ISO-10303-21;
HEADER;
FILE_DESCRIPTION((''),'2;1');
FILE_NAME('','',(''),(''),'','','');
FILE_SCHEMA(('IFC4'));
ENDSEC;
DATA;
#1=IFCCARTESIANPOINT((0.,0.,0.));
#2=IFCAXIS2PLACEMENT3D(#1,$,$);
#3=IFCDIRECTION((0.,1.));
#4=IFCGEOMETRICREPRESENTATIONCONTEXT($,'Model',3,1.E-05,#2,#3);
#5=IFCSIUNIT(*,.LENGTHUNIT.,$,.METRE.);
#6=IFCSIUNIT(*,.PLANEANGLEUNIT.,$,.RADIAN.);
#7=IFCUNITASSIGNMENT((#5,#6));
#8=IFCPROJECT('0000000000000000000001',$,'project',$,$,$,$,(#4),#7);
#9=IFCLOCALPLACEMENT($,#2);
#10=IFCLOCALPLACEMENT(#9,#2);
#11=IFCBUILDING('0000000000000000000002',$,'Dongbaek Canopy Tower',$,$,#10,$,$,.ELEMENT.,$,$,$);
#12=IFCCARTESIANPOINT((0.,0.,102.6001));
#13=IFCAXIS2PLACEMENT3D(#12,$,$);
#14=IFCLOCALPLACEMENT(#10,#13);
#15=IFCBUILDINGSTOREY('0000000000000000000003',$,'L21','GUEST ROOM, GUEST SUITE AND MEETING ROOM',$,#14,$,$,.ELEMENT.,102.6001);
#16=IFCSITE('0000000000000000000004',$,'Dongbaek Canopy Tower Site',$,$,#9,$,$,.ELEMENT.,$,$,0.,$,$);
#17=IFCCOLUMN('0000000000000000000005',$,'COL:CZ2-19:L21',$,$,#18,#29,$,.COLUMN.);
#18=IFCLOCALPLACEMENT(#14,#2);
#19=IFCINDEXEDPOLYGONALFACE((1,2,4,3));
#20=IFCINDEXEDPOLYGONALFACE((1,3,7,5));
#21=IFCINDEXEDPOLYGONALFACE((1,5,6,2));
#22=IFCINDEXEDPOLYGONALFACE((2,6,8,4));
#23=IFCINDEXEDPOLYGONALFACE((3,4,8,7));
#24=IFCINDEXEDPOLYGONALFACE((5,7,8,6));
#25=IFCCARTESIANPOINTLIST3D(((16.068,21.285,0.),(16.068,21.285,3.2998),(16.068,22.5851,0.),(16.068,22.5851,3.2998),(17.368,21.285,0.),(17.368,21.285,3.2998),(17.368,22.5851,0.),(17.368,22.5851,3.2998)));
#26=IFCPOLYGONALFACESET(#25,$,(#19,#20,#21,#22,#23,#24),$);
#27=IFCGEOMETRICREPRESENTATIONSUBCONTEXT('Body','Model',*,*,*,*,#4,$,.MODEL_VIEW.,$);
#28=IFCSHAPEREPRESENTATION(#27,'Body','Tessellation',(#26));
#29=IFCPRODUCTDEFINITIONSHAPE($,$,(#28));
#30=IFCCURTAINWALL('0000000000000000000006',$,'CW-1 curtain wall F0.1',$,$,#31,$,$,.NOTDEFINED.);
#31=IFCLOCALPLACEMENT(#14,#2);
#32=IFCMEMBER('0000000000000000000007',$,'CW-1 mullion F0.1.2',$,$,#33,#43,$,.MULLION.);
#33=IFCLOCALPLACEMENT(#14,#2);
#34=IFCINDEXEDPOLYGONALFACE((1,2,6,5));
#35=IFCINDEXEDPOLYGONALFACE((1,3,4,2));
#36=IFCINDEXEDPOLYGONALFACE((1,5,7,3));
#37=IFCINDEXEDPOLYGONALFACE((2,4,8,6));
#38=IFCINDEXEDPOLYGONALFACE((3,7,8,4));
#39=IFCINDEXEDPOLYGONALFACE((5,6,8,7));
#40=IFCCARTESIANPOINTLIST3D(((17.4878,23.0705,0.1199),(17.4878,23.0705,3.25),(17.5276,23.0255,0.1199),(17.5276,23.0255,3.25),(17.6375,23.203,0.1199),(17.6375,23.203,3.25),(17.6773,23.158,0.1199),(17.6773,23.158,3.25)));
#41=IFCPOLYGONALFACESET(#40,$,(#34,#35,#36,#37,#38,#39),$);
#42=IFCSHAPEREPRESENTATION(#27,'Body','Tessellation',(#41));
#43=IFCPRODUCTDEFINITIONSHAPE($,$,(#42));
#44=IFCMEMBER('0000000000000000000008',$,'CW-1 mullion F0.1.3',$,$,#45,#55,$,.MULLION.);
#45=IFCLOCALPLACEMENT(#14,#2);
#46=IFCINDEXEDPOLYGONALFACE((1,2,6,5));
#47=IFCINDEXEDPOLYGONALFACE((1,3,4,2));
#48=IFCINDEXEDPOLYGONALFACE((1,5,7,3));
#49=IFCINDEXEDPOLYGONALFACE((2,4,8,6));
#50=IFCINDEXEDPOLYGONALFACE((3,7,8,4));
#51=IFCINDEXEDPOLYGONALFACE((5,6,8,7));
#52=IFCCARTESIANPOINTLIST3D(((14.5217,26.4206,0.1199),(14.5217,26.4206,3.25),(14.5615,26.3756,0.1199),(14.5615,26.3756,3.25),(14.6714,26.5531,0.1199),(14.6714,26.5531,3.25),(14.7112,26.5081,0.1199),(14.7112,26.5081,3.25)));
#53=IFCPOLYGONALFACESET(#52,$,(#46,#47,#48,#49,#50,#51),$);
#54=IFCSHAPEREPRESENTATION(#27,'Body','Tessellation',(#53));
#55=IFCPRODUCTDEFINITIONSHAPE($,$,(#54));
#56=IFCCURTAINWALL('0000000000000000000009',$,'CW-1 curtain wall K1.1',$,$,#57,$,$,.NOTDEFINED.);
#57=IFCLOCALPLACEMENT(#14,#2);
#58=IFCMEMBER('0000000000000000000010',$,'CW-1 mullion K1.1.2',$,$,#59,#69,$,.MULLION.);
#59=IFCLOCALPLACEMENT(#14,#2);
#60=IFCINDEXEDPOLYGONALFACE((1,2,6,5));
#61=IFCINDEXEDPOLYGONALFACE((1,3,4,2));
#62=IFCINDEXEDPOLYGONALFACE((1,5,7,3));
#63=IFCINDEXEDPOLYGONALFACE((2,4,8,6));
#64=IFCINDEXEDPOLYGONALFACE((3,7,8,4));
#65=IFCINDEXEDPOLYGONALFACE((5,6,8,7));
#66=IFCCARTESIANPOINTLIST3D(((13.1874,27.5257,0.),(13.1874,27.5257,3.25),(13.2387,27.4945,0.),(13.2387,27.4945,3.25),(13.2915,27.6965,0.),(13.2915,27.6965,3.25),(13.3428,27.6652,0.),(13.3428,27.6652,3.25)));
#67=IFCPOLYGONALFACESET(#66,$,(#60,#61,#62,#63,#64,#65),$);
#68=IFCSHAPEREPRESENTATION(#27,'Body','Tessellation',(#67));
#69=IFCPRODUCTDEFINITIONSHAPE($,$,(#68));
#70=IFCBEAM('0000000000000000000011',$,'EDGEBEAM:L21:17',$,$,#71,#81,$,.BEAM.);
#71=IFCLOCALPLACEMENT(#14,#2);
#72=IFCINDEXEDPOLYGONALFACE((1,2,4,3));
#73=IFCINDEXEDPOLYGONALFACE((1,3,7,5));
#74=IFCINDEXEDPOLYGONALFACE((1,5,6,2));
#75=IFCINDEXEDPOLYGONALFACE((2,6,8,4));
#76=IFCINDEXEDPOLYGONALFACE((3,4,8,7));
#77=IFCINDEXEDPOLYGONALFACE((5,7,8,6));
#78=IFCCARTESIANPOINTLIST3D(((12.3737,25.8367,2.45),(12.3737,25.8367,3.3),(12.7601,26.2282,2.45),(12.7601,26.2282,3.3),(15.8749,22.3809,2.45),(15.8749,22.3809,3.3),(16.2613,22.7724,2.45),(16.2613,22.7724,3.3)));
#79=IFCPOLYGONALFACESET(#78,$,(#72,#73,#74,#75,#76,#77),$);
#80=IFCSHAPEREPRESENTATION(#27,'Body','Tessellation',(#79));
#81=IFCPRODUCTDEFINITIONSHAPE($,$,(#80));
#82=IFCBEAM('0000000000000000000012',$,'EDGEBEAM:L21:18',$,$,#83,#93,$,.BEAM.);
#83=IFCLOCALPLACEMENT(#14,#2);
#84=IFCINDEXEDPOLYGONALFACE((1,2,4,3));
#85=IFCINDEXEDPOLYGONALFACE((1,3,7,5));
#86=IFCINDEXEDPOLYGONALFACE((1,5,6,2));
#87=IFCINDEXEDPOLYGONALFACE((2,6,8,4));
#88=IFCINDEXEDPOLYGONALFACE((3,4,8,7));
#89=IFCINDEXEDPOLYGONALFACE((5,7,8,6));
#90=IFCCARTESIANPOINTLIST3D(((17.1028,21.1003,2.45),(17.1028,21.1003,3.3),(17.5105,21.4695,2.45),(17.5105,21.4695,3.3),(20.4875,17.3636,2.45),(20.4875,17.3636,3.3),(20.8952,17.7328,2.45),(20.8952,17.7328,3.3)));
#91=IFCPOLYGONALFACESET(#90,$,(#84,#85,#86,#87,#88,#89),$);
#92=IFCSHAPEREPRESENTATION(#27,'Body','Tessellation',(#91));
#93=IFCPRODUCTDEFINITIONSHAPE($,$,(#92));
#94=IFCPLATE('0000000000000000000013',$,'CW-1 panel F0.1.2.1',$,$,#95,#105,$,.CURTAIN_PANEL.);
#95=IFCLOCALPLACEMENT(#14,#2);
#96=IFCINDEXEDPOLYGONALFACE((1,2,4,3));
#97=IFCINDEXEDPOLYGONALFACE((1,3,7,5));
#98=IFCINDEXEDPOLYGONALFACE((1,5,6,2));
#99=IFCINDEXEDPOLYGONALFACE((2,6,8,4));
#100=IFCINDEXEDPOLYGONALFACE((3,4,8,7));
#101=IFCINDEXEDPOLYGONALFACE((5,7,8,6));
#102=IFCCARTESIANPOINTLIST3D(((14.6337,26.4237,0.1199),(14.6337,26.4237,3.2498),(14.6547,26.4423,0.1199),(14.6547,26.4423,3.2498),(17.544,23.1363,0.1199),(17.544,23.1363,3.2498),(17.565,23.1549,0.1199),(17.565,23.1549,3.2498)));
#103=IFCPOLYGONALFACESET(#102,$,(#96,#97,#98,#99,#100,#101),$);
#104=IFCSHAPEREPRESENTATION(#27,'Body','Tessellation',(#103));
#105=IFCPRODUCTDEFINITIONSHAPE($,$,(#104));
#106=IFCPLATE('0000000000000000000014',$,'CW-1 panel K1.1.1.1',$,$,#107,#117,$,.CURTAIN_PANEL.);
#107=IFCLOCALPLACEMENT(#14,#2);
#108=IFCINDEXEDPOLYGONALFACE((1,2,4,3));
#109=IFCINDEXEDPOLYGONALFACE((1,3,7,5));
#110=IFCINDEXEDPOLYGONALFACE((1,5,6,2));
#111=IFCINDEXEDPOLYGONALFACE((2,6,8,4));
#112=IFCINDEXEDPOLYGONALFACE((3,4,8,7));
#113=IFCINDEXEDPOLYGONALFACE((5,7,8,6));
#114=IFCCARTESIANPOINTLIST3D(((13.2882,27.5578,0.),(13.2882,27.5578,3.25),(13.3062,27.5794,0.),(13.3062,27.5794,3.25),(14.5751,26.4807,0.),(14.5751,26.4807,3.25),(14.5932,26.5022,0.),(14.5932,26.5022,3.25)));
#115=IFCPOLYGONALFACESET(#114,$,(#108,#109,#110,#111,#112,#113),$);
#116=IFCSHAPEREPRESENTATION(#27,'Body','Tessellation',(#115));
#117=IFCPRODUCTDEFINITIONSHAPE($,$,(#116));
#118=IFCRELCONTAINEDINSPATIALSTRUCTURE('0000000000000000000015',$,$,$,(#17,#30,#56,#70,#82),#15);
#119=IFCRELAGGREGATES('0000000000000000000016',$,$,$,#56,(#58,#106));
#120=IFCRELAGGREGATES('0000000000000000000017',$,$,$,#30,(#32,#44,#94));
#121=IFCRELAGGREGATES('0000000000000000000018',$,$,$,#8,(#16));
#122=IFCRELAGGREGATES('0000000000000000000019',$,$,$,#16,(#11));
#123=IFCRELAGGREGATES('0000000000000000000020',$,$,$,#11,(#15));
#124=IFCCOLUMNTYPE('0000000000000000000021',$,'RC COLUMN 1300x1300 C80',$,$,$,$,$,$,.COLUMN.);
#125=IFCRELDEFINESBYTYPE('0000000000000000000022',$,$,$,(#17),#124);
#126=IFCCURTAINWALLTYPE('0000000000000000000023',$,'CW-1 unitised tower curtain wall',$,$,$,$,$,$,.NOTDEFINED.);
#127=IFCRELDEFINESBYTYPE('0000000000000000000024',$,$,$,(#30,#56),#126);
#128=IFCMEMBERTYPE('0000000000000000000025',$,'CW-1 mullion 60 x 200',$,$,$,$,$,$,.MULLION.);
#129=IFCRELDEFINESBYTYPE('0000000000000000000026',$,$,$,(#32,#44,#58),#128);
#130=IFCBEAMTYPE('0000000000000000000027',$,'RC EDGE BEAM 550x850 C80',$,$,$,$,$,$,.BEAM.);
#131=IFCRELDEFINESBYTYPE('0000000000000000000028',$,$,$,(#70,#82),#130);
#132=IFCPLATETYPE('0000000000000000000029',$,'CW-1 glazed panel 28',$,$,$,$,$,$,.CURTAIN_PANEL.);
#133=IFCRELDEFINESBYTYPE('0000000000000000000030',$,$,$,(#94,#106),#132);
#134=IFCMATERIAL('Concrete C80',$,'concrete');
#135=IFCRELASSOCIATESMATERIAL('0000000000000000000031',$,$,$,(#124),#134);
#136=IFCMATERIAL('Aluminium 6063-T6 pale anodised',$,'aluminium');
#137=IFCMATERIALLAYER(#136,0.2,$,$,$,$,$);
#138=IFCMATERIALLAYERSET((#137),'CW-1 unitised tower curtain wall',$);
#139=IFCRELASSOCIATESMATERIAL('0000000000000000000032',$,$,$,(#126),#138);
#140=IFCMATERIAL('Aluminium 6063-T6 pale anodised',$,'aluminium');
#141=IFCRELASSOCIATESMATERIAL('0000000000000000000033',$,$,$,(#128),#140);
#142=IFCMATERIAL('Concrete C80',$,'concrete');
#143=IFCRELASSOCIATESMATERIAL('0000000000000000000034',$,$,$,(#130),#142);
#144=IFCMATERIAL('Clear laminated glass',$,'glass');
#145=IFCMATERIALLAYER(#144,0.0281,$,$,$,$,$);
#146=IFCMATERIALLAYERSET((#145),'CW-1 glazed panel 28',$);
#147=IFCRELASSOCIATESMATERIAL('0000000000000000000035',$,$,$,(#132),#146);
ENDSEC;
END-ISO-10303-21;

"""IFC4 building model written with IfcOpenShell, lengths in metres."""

from ifc_helpers import new_model, si_unit, direction, frame, origin, origin_2d, place, context, subcontext, project, spatial, rectangle, extrude, material, layer, layer_set, material_profile, profile_set, type_object, element, aggregate, save


model = new_model("IFC4")

# Units and contexts
model_context = context("Model", 3, precision=1e-05, world=origin(), true_north=direction((0.0, 1.0)))
body_context = subcontext(model_context, "Body", "Model", "MODEL_VIEW")
ifc_project = project(units=[si_unit("LENGTHUNIT", "METRE"), si_unit("PLANEANGLEUNIT", "RADIAN")], contexts=[model_context])

# Site, building, storey
site_placement = place(None, origin())
site = spatial("IfcSite", under=ifc_project, at=site_placement, Name="Dongbaek Canopy Tower Site", CompositionType="ELEMENT", RefElevation=0.0)
building_placement = place(site_placement, origin())
building = spatial("IfcBuilding", under=site, at=building_placement, Name="Dongbaek Canopy Tower", CompositionType="ELEMENT")
storey_placement = place(building_placement, frame((0.0, 0.0, 102.6001)))
storey = spatial("IfcBuildingStorey", under=building, at=storey_placement, Name="L21", Description="GUEST ROOM, GUEST SUITE AND MEETING ROOM", CompositionType="ELEMENT", Elevation=102.6001)

# Column
ifc_material_1 = material(Name="Concrete C80", Category="concrete")
ifc_material_profile_1 = material_profile(ifc_material_1, rectangle(XDim=1.3, YDim=1.3, at=origin_2d()), Name="RC COLUMN 1300x1300 C80")
ifc_profile_set_1 = profile_set([ifc_material_profile_1], Name="Concrete C80")
column_type = type_object("IfcColumnType", Name="RC COLUMN 1300x1300 C80", PredefinedType="COLUMN", material=ifc_profile_set_1)
column_placement = place(storey_placement, frame((16.718, 21.9351, 0.0), z_axis=(0.0, 0.0, 1.0), x_axis=(1.0, 0.0, 0.0)))
element("IfcColumn", 1, at=column_placement, inside=storey, type_object=column_type, Name="COL:CZ2-19:L21", PredefinedType="COLUMN", context=body_context, shape_type="SweptSolid", body=[
    extrude(rectangle(XDim=1.3, YDim=1.3, at=origin_2d()), origin(), (0.0, 0.0, 1.0), 3.2998),
])

# Curtain wall, members
ifc_material_2 = material(Name="Aluminium 6063-T6 pale anodised", Category="aluminium")
ifc_layer_1 = layer(ifc_material_2, 0.2)
ifc_layer_set_1 = layer_set([ifc_layer_1], Name="CW-1 unitised tower curtain wall")
curtain_wall_type = type_object("IfcCurtainWallType", Name="CW-1 unitised tower curtain wall", PredefinedType="NOTDEFINED", material=ifc_layer_set_1)
curtain_wall_1_placement = place(storey_placement, origin())
curtain_wall_1 = element("IfcCurtainWall", 2, at=curtain_wall_1_placement, inside=storey, type_object=curtain_wall_type, Name="CW-1 curtain wall F0.1", PredefinedType="NOTDEFINED")
ifc_material_3 = material(Name="Aluminium 6063-T6 pale anodised", Category="aluminium")
ifc_material_profile_2 = material_profile(ifc_material_3, rectangle(XDim=0.2, YDim=0.0601, at=origin_2d()), Name="CW-1 mullion 60 x 200")
ifc_profile_set_2 = profile_set([ifc_material_profile_2], Name="Aluminium 6063-T6 pale anodised")
member_type = type_object("IfcMemberType", Name="CW-1 mullion 60 x 200", PredefinedType="MULLION", material=ifc_profile_set_2)
member_1_placement = place(storey_placement, frame((17.5825, 23.1143, 0.1199), z_axis=(0.0, 0.0, 1.0), x_axis=(0.748749, 0.662854, 0.0)))
member_1 = element("IfcMember", 3, at=member_1_placement, type_object=member_type, Name="CW-1 mullion F0.1.2", PredefinedType="MULLION", context=body_context, shape_type="SweptSolid", body=[
    extrude(rectangle(XDim=0.2, YDim=0.0601, at=origin_2d()), origin(), (0.0, 0.0, 1.0), 3.1301),
])
member_2_placement = place(storey_placement, frame((14.6165, 26.4644, 0.1199), z_axis=(0.0, 0.0, 1.0), x_axis=(0.748749, 0.662854, 0.0)))
member_2 = element("IfcMember", 4, at=member_2_placement, type_object=member_type, Name="CW-1 mullion F0.1.3", PredefinedType="MULLION", context=body_context, shape_type="SweptSolid", body=[
    extrude(rectangle(XDim=0.2, YDim=0.0601, at=origin_2d()), origin(), (0.0, 0.0, 1.0), 3.1301),
])

# Curtain wall, member
curtain_wall_2_placement = place(storey_placement, origin())
curtain_wall_2 = element("IfcCurtainWall", 5, at=curtain_wall_2_placement, inside=storey, type_object=curtain_wall_type, Name="CW-1 curtain wall K1.1", PredefinedType="NOTDEFINED")
member_3_placement = place(storey_placement, frame((13.2651, 27.5955, 0.0), z_axis=(0.0, 0.0, 1.0), x_axis=(0.520636, 0.853779, 0.0)))
member_3 = element("IfcMember", 6, at=member_3_placement, type_object=member_type, Name="CW-1 mullion K1.1.2", PredefinedType="MULLION", context=body_context, shape_type="SweptSolid", body=[
    extrude(rectangle(XDim=0.2, YDim=0.0601, at=origin_2d()), origin(), (0.0, 0.0, 1.0), 3.25),
])

# Beams
ifc_material_4 = material(Name="Concrete C80", Category="concrete")
ifc_material_profile_3 = material_profile(ifc_material_4, rectangle(XDim=0.55, YDim=0.8501, at=origin_2d()), Name="RC EDGE BEAM 550x850 C80")
ifc_profile_set_3 = profile_set([ifc_material_profile_3], Name="Concrete C80")
beam_type = type_object("IfcBeamType", Name="RC EDGE BEAM 550x850 C80", PredefinedType="BEAM", material=ifc_profile_set_3)
beam_1_placement = place(storey_placement, frame((12.5669, 26.0325, 2.875), z_axis=(0.711707, -0.702476, 0.0), x_axis=(0.702476, 0.711707, 0.0)))
element("IfcBeam", 7, at=beam_1_placement, inside=storey, type_object=beam_type, Name="EDGEBEAM:L21:17", PredefinedType="BEAM", context=body_context, shape_type="SweptSolid", body=[
    extrude(rectangle(XDim=0.55, YDim=0.8501, at=origin_2d()), origin(), (0.0, 0.0, 1.0), 4.9194),
])
beam_2_placement = place(storey_placement, frame((17.3066, 21.2849, 2.875), z_axis=(0.671332, -0.741157, 0.0), x_axis=(0.741157, 0.671332, 0.0)))
element("IfcBeam", 8, at=beam_2_placement, inside=storey, type_object=beam_type, Name="EDGEBEAM:L21:18", PredefinedType="BEAM", context=body_context, shape_type="SweptSolid", body=[
    extrude(rectangle(XDim=0.55, YDim=0.8501, at=origin_2d()), origin(), (0.0, 0.0, 1.0), 5.0417),
])

# Plates
ifc_material_5 = material(Name="Clear laminated glass", Category="glass")
ifc_layer_2 = layer(ifc_material_5, 0.0281)
ifc_layer_set_2 = layer_set([ifc_layer_2], Name="CW-1 glazed panel 28")
plate_type = type_object("IfcPlateType", Name="CW-1 glazed panel 28", PredefinedType="CURTAIN_PANEL", material=ifc_layer_set_2)
plate_1_placement = place(storey_placement, frame((16.0994, 24.7893, 0.1199), z_axis=(0.0, 0.0, 1.0), x_axis=(-0.662854, 0.748749, 0.0)))
plate_1 = element("IfcPlate", 9, at=plate_1_placement, type_object=plate_type, Name="CW-1 panel F0.1.2.1", PredefinedType="CURTAIN_PANEL", context=body_context, shape_type="SweptSolid", body=[
    extrude(rectangle(XDim=4.3906, YDim=0.0281, at=origin_2d()), origin(), (0.0, 0.0, 1.0), 3.1299),
])
plate_2_placement = place(storey_placement, frame((13.9407, 27.03, 0.0), z_axis=(0.0, 0.0, 1.0), x_axis=(-0.766846, 0.641831, 0.0)))
plate_2 = element("IfcPlate", 10, at=plate_2_placement, type_object=plate_type, Name="CW-1 panel K1.1.1.1", PredefinedType="CURTAIN_PANEL", context=body_context, shape_type="SweptSolid", body=[
    extrude(rectangle(XDim=1.6782, YDim=0.0281, at=origin_2d()), origin(), (0.0, 0.0, 1.0), 3.25),
])
aggregate(curtain_wall_2, [member_3, plate_2])

aggregate(curtain_wall_1, [member_1, member_2, plate_1])

save(model, "model.ifc")
